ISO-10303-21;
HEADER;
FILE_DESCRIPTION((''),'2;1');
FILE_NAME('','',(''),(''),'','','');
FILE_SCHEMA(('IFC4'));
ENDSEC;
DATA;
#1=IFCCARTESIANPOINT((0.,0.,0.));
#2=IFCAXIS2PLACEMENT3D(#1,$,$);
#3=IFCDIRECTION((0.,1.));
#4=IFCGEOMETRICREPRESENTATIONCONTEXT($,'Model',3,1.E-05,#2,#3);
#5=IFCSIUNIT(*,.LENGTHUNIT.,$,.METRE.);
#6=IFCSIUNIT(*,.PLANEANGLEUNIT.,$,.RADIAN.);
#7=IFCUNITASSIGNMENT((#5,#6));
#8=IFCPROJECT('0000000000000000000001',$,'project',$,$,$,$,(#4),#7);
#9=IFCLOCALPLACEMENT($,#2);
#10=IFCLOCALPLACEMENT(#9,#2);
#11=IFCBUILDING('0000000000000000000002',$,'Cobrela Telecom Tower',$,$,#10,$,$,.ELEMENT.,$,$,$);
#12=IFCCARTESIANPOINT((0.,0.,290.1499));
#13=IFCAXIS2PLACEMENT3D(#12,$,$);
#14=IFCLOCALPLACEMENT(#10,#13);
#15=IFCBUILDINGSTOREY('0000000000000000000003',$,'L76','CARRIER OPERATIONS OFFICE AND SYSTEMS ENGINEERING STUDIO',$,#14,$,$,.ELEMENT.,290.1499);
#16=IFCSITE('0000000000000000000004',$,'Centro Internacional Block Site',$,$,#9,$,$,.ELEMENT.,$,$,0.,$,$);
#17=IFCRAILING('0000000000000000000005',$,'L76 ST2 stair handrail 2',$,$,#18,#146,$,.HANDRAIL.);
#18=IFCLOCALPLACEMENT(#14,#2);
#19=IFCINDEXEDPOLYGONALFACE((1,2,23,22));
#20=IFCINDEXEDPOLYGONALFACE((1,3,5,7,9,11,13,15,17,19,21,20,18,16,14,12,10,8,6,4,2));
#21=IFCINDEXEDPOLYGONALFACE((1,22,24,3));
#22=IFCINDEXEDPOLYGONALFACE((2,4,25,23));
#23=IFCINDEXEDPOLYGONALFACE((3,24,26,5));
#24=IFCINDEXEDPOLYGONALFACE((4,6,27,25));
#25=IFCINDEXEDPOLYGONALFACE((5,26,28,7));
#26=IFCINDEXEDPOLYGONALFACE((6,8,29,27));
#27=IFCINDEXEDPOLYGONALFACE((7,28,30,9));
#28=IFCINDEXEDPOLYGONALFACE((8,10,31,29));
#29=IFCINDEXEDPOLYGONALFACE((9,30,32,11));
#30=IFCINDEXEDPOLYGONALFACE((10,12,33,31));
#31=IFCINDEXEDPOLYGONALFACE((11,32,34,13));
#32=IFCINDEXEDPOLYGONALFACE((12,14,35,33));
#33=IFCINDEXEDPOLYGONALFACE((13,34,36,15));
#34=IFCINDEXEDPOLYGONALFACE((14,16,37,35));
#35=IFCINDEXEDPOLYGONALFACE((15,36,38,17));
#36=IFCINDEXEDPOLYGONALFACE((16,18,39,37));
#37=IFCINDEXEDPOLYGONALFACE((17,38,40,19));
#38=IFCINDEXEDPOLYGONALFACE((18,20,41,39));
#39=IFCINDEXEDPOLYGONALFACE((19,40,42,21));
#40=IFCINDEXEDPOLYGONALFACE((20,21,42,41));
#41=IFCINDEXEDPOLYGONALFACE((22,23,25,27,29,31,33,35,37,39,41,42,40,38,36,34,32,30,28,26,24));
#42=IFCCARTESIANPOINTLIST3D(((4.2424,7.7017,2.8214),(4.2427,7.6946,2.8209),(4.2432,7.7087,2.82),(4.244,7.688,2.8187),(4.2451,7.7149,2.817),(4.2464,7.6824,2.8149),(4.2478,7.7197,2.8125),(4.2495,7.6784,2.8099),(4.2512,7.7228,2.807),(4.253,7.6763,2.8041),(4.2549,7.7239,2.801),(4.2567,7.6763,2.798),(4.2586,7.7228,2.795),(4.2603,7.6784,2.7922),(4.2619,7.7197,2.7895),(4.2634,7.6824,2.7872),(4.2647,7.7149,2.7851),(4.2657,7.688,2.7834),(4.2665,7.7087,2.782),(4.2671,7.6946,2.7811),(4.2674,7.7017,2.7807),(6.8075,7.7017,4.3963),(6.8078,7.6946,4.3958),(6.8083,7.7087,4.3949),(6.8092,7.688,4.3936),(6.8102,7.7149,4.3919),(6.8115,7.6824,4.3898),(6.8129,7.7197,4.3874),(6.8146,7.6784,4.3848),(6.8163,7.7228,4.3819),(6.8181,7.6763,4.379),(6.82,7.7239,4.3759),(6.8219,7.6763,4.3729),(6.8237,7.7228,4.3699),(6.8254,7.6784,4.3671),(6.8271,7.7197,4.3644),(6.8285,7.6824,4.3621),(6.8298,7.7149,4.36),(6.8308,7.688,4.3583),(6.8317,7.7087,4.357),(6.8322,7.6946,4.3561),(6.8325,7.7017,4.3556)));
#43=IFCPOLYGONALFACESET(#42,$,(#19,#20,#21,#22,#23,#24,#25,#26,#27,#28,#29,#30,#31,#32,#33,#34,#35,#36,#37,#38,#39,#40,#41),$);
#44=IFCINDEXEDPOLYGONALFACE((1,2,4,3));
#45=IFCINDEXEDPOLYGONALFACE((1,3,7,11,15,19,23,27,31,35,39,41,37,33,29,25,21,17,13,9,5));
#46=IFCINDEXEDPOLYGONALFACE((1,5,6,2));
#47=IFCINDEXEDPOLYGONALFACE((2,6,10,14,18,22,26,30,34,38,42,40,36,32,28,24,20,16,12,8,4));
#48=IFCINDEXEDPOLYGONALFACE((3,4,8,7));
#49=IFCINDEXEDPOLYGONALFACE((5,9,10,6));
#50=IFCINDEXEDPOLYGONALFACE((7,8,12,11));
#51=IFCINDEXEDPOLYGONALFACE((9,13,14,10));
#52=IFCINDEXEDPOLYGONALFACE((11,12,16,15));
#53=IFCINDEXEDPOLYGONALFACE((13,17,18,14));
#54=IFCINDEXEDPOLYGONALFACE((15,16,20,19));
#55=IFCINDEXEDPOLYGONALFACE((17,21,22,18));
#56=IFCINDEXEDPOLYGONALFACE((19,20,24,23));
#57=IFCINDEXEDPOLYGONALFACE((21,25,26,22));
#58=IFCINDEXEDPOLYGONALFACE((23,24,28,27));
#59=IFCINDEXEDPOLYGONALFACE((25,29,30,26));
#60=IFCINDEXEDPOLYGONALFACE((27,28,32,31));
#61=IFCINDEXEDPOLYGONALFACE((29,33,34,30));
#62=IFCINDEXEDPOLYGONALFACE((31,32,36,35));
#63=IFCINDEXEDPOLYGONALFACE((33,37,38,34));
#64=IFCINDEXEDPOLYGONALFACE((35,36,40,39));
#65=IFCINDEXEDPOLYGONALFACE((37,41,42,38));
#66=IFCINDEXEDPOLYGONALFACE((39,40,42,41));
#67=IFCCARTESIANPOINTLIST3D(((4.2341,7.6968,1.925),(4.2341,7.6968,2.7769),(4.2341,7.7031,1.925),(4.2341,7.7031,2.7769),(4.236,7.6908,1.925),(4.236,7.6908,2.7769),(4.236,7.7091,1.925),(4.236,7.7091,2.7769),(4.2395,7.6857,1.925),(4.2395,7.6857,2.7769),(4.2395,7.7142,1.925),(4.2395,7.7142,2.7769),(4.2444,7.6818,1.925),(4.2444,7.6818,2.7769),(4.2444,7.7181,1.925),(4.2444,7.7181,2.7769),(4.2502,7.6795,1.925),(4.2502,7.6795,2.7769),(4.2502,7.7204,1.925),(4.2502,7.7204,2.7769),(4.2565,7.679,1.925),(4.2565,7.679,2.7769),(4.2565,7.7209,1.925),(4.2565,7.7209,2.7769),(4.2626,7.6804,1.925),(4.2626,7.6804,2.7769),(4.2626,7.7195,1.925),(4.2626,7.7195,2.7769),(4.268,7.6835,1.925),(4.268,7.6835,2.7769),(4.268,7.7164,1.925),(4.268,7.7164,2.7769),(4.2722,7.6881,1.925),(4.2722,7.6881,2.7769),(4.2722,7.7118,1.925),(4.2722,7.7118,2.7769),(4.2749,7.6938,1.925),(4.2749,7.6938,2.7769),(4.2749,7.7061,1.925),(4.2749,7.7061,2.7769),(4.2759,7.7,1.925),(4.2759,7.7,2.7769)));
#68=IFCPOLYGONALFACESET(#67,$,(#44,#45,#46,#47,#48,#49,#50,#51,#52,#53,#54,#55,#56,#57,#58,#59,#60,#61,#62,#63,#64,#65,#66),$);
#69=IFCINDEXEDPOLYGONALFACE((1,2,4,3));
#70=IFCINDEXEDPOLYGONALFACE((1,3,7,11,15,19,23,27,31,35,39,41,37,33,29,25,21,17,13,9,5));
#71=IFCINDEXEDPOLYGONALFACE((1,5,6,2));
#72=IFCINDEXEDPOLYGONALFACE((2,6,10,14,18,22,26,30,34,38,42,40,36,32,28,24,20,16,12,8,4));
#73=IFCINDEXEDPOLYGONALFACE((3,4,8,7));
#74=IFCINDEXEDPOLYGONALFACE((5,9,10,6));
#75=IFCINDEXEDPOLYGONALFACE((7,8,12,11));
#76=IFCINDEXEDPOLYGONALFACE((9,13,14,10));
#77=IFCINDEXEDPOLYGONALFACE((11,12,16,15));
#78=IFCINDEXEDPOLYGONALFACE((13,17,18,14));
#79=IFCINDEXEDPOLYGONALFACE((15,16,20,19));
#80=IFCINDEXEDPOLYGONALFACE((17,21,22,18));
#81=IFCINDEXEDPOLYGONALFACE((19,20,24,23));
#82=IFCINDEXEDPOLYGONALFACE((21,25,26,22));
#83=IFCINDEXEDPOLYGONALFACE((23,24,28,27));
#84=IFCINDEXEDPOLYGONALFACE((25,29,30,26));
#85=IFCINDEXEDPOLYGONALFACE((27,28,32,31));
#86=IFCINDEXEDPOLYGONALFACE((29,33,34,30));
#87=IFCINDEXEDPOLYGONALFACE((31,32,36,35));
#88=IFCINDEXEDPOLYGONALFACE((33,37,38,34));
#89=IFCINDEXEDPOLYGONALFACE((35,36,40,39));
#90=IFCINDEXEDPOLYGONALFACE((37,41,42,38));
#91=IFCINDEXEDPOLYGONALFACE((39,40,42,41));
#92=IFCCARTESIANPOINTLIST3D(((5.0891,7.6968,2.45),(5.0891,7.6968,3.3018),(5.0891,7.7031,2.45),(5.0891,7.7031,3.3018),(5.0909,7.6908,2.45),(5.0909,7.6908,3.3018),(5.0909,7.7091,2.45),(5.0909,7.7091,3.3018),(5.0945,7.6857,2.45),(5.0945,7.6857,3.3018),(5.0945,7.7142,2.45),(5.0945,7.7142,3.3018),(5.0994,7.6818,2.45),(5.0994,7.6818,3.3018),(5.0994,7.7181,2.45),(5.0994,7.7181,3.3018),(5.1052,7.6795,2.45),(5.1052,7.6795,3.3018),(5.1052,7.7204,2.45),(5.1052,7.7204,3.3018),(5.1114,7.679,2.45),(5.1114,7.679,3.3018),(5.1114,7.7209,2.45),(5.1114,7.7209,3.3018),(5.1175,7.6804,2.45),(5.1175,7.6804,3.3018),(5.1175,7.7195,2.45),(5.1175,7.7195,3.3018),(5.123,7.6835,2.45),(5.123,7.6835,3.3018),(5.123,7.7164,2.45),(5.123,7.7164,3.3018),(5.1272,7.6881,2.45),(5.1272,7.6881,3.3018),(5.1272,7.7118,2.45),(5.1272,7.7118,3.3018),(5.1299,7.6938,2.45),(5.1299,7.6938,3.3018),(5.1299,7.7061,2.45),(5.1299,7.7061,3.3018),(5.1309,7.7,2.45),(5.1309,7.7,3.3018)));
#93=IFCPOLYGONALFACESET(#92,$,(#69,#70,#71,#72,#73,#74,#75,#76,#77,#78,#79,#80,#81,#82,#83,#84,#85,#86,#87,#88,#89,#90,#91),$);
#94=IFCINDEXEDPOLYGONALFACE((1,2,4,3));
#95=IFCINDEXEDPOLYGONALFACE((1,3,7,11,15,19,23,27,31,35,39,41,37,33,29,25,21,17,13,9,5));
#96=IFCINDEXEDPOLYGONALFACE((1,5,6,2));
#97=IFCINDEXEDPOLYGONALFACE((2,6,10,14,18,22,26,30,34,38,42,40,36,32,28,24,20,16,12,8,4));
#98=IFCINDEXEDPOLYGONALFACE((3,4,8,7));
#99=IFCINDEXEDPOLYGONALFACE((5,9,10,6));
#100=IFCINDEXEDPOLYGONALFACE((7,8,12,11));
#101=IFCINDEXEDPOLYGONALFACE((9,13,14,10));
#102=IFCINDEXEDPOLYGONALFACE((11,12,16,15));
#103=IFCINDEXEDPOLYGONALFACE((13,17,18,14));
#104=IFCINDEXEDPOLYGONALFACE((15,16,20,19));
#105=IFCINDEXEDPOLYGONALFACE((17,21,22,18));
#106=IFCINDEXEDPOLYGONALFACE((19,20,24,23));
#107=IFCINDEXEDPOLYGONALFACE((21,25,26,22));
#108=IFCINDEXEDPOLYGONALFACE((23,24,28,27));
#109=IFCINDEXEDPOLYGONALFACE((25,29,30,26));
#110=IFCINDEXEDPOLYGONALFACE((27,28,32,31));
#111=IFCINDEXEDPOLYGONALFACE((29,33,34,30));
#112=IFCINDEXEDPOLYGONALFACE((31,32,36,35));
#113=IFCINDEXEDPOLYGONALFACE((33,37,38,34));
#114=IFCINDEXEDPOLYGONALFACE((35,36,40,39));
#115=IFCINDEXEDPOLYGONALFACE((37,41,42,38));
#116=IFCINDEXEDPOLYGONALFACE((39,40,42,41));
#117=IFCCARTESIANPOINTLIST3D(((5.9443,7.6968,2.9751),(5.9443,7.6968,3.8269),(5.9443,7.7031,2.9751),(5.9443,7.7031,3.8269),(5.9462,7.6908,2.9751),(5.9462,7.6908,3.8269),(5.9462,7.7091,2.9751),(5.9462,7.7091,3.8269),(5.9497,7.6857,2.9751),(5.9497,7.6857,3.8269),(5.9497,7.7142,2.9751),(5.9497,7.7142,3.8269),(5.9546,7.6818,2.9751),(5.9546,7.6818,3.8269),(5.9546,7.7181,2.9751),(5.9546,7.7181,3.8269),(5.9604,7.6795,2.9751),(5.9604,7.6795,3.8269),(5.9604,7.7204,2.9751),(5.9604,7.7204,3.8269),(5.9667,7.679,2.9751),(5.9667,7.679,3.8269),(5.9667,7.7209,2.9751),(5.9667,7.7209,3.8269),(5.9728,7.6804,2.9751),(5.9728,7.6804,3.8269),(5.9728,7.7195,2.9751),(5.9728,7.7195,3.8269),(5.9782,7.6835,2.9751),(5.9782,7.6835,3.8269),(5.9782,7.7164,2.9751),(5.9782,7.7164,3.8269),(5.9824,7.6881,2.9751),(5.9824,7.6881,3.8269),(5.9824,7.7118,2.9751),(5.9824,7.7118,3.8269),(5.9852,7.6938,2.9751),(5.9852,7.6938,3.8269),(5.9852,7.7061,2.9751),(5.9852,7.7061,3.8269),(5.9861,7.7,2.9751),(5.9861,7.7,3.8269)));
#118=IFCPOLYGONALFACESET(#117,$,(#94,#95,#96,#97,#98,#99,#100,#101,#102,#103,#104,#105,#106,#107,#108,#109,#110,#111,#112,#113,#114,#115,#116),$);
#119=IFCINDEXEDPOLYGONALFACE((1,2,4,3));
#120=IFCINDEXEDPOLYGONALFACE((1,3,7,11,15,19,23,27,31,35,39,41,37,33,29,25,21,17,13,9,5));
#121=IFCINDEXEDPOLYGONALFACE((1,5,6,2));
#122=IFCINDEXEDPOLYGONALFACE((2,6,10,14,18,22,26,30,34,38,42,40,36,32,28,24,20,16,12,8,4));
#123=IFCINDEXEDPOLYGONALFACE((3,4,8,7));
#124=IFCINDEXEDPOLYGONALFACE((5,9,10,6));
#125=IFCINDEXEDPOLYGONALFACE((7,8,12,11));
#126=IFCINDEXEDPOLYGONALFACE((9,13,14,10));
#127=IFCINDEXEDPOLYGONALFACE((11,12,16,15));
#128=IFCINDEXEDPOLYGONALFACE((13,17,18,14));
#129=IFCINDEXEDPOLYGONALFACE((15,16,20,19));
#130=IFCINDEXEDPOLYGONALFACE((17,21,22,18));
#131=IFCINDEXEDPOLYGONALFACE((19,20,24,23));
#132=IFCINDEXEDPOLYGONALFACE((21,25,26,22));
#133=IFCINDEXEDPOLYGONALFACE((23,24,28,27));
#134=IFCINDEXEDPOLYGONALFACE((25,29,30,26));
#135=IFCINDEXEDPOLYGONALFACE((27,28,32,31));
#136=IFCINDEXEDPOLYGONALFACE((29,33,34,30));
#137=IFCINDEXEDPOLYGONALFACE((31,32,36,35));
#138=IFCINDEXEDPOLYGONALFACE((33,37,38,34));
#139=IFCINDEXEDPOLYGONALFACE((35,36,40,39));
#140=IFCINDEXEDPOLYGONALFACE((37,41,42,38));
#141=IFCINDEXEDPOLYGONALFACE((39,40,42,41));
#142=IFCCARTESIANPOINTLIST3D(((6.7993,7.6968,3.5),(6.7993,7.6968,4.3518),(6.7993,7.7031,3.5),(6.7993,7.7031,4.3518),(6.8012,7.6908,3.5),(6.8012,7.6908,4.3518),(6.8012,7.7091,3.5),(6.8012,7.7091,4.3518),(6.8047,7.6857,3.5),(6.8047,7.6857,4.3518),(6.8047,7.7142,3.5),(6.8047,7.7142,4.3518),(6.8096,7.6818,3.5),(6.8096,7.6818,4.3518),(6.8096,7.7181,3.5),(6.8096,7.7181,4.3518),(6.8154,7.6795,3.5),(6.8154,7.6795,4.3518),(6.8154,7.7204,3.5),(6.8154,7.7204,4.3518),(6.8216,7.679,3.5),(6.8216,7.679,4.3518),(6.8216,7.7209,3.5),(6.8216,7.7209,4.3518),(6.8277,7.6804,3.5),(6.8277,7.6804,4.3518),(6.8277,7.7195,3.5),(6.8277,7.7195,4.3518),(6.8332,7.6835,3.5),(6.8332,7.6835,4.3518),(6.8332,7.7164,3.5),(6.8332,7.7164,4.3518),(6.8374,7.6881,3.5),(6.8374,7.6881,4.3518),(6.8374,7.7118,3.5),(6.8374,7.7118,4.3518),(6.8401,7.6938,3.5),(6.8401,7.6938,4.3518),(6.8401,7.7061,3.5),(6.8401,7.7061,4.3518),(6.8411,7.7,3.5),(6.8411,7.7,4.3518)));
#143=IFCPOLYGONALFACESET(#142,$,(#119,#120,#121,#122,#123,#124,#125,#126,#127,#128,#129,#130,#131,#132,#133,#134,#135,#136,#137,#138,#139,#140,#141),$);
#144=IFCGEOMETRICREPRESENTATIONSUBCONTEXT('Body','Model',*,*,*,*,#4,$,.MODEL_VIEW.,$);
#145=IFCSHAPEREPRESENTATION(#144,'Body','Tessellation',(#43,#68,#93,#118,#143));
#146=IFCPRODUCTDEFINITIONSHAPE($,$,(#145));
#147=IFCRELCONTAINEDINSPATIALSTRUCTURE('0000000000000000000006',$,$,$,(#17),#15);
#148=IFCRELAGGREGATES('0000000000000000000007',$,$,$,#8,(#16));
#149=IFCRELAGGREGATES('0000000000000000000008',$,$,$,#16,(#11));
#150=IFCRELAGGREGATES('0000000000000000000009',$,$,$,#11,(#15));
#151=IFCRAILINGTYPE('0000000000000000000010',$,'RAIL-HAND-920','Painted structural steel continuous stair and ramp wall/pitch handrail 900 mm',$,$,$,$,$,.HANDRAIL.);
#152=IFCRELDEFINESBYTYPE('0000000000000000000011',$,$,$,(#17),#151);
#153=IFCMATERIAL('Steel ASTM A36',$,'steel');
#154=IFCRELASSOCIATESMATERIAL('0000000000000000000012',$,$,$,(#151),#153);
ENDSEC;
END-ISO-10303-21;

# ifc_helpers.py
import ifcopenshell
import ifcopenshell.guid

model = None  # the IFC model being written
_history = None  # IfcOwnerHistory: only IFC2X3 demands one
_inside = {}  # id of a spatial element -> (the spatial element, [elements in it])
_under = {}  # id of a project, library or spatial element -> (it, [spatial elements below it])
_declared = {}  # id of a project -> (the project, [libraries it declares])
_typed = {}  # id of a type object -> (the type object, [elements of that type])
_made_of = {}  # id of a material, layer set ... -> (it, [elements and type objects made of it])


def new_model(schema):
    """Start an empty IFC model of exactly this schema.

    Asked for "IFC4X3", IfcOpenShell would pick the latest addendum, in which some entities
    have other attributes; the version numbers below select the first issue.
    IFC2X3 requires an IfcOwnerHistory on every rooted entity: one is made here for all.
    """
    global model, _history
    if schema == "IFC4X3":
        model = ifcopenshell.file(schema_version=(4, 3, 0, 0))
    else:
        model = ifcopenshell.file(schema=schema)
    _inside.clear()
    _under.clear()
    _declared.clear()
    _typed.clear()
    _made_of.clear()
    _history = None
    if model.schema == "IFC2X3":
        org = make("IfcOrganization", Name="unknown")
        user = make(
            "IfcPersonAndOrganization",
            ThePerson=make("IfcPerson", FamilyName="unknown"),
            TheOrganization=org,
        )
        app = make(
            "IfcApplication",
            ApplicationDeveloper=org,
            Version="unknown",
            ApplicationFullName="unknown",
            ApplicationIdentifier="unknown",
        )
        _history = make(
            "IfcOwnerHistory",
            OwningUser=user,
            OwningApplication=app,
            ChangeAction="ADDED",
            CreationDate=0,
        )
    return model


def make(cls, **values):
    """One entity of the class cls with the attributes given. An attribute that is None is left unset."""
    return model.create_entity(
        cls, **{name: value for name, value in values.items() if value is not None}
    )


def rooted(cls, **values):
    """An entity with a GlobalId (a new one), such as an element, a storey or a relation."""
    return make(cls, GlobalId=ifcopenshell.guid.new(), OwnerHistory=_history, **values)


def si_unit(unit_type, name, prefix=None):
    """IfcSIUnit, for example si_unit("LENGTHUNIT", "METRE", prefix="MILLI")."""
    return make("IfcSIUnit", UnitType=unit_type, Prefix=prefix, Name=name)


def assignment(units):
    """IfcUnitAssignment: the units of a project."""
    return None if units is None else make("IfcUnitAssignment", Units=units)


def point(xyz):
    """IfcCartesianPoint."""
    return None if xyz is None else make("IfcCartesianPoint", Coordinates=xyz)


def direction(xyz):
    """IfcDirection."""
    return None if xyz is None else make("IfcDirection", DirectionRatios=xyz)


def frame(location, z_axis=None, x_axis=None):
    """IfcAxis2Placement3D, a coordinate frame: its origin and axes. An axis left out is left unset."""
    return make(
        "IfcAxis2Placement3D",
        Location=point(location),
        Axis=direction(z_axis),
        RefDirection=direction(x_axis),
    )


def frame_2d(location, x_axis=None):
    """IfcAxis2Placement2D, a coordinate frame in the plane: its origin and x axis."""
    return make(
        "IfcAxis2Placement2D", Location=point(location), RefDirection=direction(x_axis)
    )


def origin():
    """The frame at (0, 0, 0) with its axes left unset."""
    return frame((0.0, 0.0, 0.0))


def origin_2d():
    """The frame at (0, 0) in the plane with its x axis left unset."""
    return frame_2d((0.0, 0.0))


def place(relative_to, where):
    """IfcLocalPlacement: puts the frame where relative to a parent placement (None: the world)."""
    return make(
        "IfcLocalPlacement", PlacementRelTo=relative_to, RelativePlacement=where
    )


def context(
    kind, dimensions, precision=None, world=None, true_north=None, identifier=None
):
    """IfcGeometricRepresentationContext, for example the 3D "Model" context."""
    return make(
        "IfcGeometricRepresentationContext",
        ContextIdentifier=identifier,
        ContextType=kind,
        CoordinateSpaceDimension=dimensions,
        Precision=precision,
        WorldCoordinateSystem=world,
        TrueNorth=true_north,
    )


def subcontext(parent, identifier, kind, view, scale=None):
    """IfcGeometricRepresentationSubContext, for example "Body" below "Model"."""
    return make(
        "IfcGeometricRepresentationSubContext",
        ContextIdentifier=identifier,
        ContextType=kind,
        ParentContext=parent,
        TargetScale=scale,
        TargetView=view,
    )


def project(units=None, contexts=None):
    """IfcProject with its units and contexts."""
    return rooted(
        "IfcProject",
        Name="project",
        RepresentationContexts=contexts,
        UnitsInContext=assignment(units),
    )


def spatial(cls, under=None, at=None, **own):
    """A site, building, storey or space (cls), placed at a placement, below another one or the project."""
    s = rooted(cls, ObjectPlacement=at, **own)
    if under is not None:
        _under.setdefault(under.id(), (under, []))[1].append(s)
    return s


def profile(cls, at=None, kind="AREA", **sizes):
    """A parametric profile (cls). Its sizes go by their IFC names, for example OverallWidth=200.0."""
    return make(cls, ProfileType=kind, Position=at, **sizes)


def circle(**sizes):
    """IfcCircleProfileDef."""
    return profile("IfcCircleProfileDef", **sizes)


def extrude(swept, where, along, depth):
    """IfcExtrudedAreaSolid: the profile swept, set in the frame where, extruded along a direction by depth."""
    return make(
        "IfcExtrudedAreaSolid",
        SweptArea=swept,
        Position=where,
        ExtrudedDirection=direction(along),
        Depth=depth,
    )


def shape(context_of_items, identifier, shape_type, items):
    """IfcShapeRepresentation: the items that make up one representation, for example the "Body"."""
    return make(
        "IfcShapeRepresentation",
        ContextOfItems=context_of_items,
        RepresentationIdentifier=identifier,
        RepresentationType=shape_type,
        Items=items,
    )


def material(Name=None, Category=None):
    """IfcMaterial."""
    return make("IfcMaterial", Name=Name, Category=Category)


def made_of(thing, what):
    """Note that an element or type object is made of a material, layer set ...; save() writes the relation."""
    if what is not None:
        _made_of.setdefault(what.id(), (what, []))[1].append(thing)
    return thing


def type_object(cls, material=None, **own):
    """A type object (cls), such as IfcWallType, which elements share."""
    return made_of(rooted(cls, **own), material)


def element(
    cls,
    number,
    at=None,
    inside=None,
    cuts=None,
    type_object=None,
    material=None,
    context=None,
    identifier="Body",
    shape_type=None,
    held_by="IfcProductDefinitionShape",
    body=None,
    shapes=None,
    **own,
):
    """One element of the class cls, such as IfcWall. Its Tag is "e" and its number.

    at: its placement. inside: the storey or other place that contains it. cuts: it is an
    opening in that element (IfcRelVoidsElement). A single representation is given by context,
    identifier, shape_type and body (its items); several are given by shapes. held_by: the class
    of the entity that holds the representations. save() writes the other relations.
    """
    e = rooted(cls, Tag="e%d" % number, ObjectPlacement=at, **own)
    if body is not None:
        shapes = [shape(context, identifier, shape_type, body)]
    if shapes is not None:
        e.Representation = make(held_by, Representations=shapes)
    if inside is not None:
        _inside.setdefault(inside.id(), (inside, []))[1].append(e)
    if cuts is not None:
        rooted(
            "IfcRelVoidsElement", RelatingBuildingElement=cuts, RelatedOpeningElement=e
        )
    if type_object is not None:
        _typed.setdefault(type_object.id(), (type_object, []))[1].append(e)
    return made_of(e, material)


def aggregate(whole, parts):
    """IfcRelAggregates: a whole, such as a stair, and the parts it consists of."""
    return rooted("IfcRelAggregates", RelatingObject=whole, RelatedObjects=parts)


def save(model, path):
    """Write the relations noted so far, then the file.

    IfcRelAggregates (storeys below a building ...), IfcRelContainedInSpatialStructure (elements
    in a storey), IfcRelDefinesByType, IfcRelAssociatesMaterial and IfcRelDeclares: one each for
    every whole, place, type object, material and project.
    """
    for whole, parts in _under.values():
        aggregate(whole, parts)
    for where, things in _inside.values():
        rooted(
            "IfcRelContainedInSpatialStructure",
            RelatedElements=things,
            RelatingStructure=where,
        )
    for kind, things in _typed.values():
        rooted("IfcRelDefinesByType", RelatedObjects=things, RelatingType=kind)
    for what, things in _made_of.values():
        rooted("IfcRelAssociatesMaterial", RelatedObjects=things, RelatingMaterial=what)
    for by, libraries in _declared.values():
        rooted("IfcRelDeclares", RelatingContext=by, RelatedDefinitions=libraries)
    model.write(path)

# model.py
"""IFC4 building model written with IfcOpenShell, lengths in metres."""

from ifc_helpers import new_model, si_unit, direction, frame, origin, origin_2d, place, context, subcontext, project, spatial, circle, extrude, material, type_object, element, save


model = new_model("IFC4")

# Units and contexts
model_context = context("Model", 3, precision=1e-05, world=origin(), true_north=direction((0.0, 1.0)))
body_context = subcontext(model_context, "Body", "Model", "MODEL_VIEW")
ifc_project = project(units=[si_unit("LENGTHUNIT", "METRE"), si_unit("PLANEANGLEUNIT", "RADIAN")], contexts=[model_context])

# Site, building, storey
site_placement = place(None, origin())
site = spatial("IfcSite", under=ifc_project, at=site_placement, Name="Centro Internacional Block Site", CompositionType="ELEMENT", RefElevation=0.0)
building_placement = place(site_placement, origin())
building = spatial("IfcBuilding", under=site, at=building_placement, Name="Cobrela Telecom Tower", CompositionType="ELEMENT")
storey_placement = place(building_placement, frame((0.0, 0.0, 290.1499)))
storey = spatial("IfcBuildingStorey", under=building, at=storey_placement, Name="L76", Description="CARRIER OPERATIONS OFFICE AND SYSTEMS ENGINEERING STUDIO", CompositionType="ELEMENT", Elevation=290.1499)

# Railing
ifc_material_1 = material(Name="Steel ASTM A36", Category="steel")
railing_type_1 = type_object("IfcRailingType", Name="RAIL-HAND-920", Description="Painted structural steel continuous stair and ramp wall/pitch handrail 900 mm", PredefinedType="HANDRAIL", material=ifc_material_1)
railing_1_placement = place(storey_placement, frame((4.2549, 7.7, 1.925)))
element("IfcRailing", 1, at=railing_1_placement, inside=storey, type_object=railing_type_1, Name="L76 ST2 stair handrail 2", PredefinedType="HANDRAIL", context=body_context, shape_type="SweptSolid", body=[
    extrude(circle(Radius=0.0239, at=origin_2d()), frame((0.0, 0.0, 0.876), z_axis=(0.852195, 0.0, 0.523224), x_axis=(0.0, 1.0, 0.0)), (0.0, 0.0, 1.0), 3.01),
    extrude(circle(Radius=0.021, at=origin_2d()), origin(), (0.0, 0.0, 1.0), 0.8518),
    extrude(circle(Radius=0.021, at=origin_2d()), frame((0.855, 0.0, 0.5249)), (0.0, 0.0, 1.0), 0.8518),
    extrude(circle(Radius=0.021, at=origin_2d()), frame((1.7102, 0.0, 1.05)), (0.0, 0.0, 1.0), 0.8518),
    extrude(circle(Radius=0.021, at=origin_2d()), frame((2.5652, 0.0, 1.575)), (0.0, 0.0, 1.0), 0.8518),
])

save(model, "model.ifc")
